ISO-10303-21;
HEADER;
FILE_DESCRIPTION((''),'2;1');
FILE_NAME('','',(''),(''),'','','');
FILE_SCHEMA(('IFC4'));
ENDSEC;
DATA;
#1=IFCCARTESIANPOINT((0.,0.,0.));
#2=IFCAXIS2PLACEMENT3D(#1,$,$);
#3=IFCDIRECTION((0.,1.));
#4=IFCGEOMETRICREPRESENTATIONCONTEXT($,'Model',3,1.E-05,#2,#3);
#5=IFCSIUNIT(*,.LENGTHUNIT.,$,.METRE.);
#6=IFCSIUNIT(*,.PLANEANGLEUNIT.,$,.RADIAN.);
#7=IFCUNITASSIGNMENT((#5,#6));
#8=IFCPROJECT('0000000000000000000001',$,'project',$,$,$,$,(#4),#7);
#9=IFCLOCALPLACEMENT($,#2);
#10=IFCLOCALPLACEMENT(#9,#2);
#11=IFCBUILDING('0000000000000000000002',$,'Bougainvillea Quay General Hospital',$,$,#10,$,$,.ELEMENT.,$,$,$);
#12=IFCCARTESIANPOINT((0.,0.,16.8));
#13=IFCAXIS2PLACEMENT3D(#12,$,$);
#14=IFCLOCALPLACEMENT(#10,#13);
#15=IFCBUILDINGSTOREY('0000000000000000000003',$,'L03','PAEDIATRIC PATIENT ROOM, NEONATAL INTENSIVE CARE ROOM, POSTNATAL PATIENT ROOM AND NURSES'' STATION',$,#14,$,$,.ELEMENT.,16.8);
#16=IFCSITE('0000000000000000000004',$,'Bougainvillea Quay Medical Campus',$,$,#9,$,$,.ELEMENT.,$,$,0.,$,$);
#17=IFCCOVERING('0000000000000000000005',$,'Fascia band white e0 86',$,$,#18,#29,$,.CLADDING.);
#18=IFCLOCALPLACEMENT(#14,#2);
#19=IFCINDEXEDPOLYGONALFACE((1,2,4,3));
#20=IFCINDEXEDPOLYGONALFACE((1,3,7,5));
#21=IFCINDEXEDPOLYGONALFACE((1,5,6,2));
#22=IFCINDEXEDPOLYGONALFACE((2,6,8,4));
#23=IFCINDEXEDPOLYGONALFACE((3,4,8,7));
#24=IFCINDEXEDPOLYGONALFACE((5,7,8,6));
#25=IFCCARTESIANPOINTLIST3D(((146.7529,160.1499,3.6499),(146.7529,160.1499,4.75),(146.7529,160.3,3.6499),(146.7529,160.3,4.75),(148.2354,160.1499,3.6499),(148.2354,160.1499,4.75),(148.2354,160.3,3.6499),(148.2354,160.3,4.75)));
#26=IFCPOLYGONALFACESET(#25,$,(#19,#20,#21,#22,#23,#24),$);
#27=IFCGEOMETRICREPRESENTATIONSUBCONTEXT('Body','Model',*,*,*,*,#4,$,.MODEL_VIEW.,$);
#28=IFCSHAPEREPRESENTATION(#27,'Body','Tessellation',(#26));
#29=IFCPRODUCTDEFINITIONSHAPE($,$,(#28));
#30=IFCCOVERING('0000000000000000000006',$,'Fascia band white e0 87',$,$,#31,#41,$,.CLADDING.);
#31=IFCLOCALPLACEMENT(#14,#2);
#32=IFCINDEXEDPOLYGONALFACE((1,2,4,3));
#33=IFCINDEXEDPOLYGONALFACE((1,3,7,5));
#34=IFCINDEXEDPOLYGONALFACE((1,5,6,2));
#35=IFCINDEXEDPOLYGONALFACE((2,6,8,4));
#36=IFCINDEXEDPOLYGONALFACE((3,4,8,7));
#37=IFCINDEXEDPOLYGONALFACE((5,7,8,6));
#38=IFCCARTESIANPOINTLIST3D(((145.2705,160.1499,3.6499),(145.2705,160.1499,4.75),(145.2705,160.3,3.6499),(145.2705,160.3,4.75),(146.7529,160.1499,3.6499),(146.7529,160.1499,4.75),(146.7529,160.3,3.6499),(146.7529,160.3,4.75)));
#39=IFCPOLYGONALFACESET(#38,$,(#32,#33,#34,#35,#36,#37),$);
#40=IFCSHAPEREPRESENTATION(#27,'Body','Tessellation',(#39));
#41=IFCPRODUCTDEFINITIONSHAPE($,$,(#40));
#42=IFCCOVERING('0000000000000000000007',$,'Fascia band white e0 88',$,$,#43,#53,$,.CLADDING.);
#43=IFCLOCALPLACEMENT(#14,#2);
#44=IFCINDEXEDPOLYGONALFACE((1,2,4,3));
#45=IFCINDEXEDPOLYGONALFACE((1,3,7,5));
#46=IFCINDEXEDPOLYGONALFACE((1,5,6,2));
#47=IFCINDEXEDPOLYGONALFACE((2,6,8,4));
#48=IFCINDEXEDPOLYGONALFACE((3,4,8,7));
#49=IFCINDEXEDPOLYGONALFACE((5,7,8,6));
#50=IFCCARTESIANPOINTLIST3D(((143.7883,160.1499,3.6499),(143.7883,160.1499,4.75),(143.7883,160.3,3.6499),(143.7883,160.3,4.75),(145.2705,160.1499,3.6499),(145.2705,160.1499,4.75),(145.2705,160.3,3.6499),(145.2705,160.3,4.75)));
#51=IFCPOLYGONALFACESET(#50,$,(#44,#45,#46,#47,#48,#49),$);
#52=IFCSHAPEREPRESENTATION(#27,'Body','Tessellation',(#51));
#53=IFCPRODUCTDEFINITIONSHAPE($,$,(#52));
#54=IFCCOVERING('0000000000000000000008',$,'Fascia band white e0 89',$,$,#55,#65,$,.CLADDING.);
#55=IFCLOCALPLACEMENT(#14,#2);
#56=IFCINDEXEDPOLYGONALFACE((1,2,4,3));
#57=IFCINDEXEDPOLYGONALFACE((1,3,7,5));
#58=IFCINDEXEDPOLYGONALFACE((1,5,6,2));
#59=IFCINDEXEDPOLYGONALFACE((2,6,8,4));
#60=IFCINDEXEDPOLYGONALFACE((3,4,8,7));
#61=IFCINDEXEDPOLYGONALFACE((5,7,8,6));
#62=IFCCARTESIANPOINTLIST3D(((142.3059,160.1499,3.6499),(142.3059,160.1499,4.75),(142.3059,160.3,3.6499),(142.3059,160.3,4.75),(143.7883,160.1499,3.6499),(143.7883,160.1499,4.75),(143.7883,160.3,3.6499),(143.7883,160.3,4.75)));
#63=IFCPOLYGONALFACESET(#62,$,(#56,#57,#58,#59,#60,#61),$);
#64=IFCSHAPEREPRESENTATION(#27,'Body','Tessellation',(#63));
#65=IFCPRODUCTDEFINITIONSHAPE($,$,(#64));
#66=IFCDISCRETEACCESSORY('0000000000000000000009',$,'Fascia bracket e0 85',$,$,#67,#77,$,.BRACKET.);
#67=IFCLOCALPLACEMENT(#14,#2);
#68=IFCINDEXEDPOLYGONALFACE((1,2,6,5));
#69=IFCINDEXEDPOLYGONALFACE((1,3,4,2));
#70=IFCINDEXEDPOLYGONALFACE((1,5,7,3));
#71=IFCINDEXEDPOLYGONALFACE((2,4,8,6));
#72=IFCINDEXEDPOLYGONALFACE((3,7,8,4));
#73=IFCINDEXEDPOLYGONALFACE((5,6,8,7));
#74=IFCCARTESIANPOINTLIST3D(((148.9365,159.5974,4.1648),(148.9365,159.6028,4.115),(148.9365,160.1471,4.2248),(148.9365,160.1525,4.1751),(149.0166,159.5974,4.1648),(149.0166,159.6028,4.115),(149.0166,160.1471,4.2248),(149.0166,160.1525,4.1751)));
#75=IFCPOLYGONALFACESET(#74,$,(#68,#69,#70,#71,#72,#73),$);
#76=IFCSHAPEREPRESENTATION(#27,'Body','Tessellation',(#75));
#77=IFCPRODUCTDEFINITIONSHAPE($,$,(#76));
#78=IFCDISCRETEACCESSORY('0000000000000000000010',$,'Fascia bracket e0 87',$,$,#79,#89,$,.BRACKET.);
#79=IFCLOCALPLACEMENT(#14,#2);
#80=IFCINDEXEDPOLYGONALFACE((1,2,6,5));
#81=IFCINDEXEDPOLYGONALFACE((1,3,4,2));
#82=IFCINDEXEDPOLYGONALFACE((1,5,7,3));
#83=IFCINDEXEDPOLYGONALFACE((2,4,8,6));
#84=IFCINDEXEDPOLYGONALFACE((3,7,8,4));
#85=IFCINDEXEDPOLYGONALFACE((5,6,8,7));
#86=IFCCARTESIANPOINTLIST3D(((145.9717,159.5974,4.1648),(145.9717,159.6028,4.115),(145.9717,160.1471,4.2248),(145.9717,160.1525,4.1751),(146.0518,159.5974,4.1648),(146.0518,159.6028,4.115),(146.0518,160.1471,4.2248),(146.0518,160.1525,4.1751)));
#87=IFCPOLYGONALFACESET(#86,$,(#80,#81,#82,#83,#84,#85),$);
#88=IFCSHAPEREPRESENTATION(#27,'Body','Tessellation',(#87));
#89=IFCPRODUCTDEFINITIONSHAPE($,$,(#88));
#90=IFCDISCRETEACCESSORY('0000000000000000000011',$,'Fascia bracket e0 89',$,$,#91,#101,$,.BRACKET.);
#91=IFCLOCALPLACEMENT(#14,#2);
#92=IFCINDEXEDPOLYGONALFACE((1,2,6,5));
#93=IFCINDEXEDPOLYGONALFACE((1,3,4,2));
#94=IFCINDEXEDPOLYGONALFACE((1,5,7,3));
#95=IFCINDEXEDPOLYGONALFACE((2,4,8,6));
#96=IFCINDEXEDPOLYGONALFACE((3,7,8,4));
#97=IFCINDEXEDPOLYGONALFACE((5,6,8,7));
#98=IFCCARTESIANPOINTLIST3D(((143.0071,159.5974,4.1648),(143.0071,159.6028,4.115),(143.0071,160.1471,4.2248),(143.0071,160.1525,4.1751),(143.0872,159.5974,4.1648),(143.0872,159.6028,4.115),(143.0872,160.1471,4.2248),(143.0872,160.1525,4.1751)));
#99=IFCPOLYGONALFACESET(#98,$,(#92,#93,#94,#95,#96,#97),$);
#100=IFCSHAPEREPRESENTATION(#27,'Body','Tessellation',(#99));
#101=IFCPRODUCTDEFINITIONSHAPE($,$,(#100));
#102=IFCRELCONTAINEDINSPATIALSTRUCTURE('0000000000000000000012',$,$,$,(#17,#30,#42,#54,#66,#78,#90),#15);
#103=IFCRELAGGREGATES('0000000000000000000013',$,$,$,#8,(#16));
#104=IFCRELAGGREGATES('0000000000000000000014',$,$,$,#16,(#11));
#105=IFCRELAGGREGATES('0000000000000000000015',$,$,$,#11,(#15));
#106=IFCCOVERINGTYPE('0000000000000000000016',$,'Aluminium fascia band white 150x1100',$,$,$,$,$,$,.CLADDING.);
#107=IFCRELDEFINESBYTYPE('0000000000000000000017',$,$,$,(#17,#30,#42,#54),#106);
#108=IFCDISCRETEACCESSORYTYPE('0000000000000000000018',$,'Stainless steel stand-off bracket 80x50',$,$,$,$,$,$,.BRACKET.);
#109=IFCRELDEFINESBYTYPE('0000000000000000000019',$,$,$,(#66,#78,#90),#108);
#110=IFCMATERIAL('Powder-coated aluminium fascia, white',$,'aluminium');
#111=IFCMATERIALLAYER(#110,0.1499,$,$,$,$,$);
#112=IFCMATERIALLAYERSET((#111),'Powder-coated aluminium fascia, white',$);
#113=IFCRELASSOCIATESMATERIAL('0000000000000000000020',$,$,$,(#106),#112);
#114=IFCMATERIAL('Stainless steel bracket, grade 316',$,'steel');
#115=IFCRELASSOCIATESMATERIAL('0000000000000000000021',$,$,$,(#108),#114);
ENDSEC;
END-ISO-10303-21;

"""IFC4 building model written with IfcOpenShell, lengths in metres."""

from ifc_helpers import new_model, si_unit, direction, frame, origin, origin_2d, place, context, subcontext, project, spatial, polyline, rectangle, outline, extrude, material, layer, layer_set, material_profile, profile_set, type_object, element, save


model = new_model("IFC4")

# Units and contexts
model_context = context("Model", 3, precision=1e-05, world=origin(), true_north=direction((0.0, 1.0)))
body_context = subcontext(model_context, "Body", "Model", "MODEL_VIEW")
ifc_project = project(units=[si_unit("LENGTHUNIT", "METRE"), si_unit("PLANEANGLEUNIT", "RADIAN")], contexts=[model_context])

# Site, building, storey
site_placement = place(None, origin())
site = spatial("IfcSite", under=ifc_project, at=site_placement, Name="Bougainvillea Quay Medical Campus", CompositionType="ELEMENT", RefElevation=0.0)
building_placement = place(site_placement, origin())
building = spatial("IfcBuilding", under=site, at=building_placement, Name="Bougainvillea Quay General Hospital", CompositionType="ELEMENT")
storey_placement = place(building_placement, frame((0.0, 0.0, 16.8)))
storey = spatial("IfcBuildingStorey", under=building, at=storey_placement, Name="L03", Description="PAEDIATRIC PATIENT ROOM, NEONATAL INTENSIVE CARE ROOM, POSTNATAL PATIENT ROOM AND NURSES' STATION", CompositionType="ELEMENT", Elevation=16.8)

# Coverings
ifc_material_1 = material(Name="Powder-coated aluminium fascia, white", Category="aluminium")
ifc_layer_1 = layer(ifc_material_1, 0.1499)
ifc_layer_set_1 = layer_set([ifc_layer_1], Name="Powder-coated aluminium fascia, white")
covering_type = type_object("IfcCoveringType", Name="Aluminium fascia band white 150x1100", PredefinedType="CLADDING", material=ifc_layer_set_1)
for number, where, z_axis, x_axis, name in (
    (1, (148.2354, 160.1499, 3.6499), (0.0, 0.0, 1.0), (-1.0, 0.0, 0.0), "Fascia band white e0 86"),
    (2, (146.7529, 160.1499, 3.6499), (0.0, 0.0, 1.0), (-1.0, 0.0, 0.0), "Fascia band white e0 87"),
):
    element("IfcCovering", number, at=place(storey_placement, frame(where, z_axis=z_axis, x_axis=x_axis)), inside=storey, type_object=covering_type, Name=name, PredefinedType="CLADDING", context=body_context, shape_type="SweptSolid", body=[
        extrude(outline(polyline([(0.0, 0.0), (1.4824, 0.0), (1.4824, -0.1501), (0.0, -0.1501), (0.0, 0.0)])), origin(), (0.0, 0.0, 1.0), 1.1001),
    ])
covering_1_placement = place(storey_placement, frame((145.2705, 160.1499, 3.6499), z_axis=(0.0, 0.0, 1.0), x_axis=(-1.0, 0.0, 0.0)))
element("IfcCovering", 3, at=covering_1_placement, inside=storey, type_object=covering_type, Name="Fascia band white e0 88", PredefinedType="CLADDING", context=body_context, shape_type="SweptSolid", body=[
    extrude(outline(polyline([(0.0, 0.0), (1.4822, 0.0), (1.4822, -0.1501), (0.0, -0.1501), (0.0, 0.0)])), origin(), (0.0, 0.0, 1.0), 1.1001),
])
covering_2_placement = place(storey_placement, frame((143.7883, 160.1499, 3.6499), z_axis=(0.0, 0.0, 1.0), x_axis=(-1.0, 0.0, 0.0)))
element("IfcCovering", 4, at=covering_2_placement, inside=storey, type_object=covering_type, Name="Fascia band white e0 89", PredefinedType="CLADDING", context=body_context, shape_type="SweptSolid", body=[
    extrude(outline(polyline([(0.0, 0.0), (1.4824, 0.0), (1.4824, -0.1501), (0.0, -0.1501), (0.0, 0.0)])), origin(), (0.0, 0.0, 1.0), 1.1001),
])

# Discrete accessories
ifc_material_2 = material(Name="Stainless steel bracket, grade 316", Category="steel")
ifc_material_profile_1 = material_profile(ifc_material_2, rectangle(XDim=0.0801, YDim=0.05, at=origin_2d()))
ifc_profile_set_1 = profile_set([ifc_material_profile_1], Name="Stainless steel bracket, grade 316")
discrete_accessory_type = type_object("IfcDiscreteAccessoryType", Name="Stainless steel stand-off bracket 80x50", PredefinedType="BRACKET", material=ifc_profile_set_1)
for number, where, z_axis, x_axis, name in (
    (5, (148.9766, 159.6001, 4.1399), (0.0, 0.994087, 0.10859), (-1.0, 0.0, 0.0), "Fascia bracket e0 85"),
    (6, (146.0117, 159.6001, 4.1399), (0.0, 0.994087, 0.10859), (-1.0, 0.0, 0.0), "Fascia bracket e0 87"),
    (7, (143.0471, 159.6001, 4.1399), (0.0, 0.994087, 0.10859), (-1.0, 0.0, 0.0), "Fascia bracket e0 89"),
):
    element("IfcDiscreteAccessory", number, at=place(storey_placement, frame(where, z_axis=z_axis, x_axis=x_axis)), inside=storey, type_object=discrete_accessory_type, Name=name, PredefinedType="BRACKET", context=body_context, shape_type="SweptSolid", body=[
        extrude(rectangle(XDim=0.0801, YDim=0.05, at=origin_2d()), origin(), (0.0, 0.0, 1.0), 0.553),
    ])

save(model, "model.ifc")
